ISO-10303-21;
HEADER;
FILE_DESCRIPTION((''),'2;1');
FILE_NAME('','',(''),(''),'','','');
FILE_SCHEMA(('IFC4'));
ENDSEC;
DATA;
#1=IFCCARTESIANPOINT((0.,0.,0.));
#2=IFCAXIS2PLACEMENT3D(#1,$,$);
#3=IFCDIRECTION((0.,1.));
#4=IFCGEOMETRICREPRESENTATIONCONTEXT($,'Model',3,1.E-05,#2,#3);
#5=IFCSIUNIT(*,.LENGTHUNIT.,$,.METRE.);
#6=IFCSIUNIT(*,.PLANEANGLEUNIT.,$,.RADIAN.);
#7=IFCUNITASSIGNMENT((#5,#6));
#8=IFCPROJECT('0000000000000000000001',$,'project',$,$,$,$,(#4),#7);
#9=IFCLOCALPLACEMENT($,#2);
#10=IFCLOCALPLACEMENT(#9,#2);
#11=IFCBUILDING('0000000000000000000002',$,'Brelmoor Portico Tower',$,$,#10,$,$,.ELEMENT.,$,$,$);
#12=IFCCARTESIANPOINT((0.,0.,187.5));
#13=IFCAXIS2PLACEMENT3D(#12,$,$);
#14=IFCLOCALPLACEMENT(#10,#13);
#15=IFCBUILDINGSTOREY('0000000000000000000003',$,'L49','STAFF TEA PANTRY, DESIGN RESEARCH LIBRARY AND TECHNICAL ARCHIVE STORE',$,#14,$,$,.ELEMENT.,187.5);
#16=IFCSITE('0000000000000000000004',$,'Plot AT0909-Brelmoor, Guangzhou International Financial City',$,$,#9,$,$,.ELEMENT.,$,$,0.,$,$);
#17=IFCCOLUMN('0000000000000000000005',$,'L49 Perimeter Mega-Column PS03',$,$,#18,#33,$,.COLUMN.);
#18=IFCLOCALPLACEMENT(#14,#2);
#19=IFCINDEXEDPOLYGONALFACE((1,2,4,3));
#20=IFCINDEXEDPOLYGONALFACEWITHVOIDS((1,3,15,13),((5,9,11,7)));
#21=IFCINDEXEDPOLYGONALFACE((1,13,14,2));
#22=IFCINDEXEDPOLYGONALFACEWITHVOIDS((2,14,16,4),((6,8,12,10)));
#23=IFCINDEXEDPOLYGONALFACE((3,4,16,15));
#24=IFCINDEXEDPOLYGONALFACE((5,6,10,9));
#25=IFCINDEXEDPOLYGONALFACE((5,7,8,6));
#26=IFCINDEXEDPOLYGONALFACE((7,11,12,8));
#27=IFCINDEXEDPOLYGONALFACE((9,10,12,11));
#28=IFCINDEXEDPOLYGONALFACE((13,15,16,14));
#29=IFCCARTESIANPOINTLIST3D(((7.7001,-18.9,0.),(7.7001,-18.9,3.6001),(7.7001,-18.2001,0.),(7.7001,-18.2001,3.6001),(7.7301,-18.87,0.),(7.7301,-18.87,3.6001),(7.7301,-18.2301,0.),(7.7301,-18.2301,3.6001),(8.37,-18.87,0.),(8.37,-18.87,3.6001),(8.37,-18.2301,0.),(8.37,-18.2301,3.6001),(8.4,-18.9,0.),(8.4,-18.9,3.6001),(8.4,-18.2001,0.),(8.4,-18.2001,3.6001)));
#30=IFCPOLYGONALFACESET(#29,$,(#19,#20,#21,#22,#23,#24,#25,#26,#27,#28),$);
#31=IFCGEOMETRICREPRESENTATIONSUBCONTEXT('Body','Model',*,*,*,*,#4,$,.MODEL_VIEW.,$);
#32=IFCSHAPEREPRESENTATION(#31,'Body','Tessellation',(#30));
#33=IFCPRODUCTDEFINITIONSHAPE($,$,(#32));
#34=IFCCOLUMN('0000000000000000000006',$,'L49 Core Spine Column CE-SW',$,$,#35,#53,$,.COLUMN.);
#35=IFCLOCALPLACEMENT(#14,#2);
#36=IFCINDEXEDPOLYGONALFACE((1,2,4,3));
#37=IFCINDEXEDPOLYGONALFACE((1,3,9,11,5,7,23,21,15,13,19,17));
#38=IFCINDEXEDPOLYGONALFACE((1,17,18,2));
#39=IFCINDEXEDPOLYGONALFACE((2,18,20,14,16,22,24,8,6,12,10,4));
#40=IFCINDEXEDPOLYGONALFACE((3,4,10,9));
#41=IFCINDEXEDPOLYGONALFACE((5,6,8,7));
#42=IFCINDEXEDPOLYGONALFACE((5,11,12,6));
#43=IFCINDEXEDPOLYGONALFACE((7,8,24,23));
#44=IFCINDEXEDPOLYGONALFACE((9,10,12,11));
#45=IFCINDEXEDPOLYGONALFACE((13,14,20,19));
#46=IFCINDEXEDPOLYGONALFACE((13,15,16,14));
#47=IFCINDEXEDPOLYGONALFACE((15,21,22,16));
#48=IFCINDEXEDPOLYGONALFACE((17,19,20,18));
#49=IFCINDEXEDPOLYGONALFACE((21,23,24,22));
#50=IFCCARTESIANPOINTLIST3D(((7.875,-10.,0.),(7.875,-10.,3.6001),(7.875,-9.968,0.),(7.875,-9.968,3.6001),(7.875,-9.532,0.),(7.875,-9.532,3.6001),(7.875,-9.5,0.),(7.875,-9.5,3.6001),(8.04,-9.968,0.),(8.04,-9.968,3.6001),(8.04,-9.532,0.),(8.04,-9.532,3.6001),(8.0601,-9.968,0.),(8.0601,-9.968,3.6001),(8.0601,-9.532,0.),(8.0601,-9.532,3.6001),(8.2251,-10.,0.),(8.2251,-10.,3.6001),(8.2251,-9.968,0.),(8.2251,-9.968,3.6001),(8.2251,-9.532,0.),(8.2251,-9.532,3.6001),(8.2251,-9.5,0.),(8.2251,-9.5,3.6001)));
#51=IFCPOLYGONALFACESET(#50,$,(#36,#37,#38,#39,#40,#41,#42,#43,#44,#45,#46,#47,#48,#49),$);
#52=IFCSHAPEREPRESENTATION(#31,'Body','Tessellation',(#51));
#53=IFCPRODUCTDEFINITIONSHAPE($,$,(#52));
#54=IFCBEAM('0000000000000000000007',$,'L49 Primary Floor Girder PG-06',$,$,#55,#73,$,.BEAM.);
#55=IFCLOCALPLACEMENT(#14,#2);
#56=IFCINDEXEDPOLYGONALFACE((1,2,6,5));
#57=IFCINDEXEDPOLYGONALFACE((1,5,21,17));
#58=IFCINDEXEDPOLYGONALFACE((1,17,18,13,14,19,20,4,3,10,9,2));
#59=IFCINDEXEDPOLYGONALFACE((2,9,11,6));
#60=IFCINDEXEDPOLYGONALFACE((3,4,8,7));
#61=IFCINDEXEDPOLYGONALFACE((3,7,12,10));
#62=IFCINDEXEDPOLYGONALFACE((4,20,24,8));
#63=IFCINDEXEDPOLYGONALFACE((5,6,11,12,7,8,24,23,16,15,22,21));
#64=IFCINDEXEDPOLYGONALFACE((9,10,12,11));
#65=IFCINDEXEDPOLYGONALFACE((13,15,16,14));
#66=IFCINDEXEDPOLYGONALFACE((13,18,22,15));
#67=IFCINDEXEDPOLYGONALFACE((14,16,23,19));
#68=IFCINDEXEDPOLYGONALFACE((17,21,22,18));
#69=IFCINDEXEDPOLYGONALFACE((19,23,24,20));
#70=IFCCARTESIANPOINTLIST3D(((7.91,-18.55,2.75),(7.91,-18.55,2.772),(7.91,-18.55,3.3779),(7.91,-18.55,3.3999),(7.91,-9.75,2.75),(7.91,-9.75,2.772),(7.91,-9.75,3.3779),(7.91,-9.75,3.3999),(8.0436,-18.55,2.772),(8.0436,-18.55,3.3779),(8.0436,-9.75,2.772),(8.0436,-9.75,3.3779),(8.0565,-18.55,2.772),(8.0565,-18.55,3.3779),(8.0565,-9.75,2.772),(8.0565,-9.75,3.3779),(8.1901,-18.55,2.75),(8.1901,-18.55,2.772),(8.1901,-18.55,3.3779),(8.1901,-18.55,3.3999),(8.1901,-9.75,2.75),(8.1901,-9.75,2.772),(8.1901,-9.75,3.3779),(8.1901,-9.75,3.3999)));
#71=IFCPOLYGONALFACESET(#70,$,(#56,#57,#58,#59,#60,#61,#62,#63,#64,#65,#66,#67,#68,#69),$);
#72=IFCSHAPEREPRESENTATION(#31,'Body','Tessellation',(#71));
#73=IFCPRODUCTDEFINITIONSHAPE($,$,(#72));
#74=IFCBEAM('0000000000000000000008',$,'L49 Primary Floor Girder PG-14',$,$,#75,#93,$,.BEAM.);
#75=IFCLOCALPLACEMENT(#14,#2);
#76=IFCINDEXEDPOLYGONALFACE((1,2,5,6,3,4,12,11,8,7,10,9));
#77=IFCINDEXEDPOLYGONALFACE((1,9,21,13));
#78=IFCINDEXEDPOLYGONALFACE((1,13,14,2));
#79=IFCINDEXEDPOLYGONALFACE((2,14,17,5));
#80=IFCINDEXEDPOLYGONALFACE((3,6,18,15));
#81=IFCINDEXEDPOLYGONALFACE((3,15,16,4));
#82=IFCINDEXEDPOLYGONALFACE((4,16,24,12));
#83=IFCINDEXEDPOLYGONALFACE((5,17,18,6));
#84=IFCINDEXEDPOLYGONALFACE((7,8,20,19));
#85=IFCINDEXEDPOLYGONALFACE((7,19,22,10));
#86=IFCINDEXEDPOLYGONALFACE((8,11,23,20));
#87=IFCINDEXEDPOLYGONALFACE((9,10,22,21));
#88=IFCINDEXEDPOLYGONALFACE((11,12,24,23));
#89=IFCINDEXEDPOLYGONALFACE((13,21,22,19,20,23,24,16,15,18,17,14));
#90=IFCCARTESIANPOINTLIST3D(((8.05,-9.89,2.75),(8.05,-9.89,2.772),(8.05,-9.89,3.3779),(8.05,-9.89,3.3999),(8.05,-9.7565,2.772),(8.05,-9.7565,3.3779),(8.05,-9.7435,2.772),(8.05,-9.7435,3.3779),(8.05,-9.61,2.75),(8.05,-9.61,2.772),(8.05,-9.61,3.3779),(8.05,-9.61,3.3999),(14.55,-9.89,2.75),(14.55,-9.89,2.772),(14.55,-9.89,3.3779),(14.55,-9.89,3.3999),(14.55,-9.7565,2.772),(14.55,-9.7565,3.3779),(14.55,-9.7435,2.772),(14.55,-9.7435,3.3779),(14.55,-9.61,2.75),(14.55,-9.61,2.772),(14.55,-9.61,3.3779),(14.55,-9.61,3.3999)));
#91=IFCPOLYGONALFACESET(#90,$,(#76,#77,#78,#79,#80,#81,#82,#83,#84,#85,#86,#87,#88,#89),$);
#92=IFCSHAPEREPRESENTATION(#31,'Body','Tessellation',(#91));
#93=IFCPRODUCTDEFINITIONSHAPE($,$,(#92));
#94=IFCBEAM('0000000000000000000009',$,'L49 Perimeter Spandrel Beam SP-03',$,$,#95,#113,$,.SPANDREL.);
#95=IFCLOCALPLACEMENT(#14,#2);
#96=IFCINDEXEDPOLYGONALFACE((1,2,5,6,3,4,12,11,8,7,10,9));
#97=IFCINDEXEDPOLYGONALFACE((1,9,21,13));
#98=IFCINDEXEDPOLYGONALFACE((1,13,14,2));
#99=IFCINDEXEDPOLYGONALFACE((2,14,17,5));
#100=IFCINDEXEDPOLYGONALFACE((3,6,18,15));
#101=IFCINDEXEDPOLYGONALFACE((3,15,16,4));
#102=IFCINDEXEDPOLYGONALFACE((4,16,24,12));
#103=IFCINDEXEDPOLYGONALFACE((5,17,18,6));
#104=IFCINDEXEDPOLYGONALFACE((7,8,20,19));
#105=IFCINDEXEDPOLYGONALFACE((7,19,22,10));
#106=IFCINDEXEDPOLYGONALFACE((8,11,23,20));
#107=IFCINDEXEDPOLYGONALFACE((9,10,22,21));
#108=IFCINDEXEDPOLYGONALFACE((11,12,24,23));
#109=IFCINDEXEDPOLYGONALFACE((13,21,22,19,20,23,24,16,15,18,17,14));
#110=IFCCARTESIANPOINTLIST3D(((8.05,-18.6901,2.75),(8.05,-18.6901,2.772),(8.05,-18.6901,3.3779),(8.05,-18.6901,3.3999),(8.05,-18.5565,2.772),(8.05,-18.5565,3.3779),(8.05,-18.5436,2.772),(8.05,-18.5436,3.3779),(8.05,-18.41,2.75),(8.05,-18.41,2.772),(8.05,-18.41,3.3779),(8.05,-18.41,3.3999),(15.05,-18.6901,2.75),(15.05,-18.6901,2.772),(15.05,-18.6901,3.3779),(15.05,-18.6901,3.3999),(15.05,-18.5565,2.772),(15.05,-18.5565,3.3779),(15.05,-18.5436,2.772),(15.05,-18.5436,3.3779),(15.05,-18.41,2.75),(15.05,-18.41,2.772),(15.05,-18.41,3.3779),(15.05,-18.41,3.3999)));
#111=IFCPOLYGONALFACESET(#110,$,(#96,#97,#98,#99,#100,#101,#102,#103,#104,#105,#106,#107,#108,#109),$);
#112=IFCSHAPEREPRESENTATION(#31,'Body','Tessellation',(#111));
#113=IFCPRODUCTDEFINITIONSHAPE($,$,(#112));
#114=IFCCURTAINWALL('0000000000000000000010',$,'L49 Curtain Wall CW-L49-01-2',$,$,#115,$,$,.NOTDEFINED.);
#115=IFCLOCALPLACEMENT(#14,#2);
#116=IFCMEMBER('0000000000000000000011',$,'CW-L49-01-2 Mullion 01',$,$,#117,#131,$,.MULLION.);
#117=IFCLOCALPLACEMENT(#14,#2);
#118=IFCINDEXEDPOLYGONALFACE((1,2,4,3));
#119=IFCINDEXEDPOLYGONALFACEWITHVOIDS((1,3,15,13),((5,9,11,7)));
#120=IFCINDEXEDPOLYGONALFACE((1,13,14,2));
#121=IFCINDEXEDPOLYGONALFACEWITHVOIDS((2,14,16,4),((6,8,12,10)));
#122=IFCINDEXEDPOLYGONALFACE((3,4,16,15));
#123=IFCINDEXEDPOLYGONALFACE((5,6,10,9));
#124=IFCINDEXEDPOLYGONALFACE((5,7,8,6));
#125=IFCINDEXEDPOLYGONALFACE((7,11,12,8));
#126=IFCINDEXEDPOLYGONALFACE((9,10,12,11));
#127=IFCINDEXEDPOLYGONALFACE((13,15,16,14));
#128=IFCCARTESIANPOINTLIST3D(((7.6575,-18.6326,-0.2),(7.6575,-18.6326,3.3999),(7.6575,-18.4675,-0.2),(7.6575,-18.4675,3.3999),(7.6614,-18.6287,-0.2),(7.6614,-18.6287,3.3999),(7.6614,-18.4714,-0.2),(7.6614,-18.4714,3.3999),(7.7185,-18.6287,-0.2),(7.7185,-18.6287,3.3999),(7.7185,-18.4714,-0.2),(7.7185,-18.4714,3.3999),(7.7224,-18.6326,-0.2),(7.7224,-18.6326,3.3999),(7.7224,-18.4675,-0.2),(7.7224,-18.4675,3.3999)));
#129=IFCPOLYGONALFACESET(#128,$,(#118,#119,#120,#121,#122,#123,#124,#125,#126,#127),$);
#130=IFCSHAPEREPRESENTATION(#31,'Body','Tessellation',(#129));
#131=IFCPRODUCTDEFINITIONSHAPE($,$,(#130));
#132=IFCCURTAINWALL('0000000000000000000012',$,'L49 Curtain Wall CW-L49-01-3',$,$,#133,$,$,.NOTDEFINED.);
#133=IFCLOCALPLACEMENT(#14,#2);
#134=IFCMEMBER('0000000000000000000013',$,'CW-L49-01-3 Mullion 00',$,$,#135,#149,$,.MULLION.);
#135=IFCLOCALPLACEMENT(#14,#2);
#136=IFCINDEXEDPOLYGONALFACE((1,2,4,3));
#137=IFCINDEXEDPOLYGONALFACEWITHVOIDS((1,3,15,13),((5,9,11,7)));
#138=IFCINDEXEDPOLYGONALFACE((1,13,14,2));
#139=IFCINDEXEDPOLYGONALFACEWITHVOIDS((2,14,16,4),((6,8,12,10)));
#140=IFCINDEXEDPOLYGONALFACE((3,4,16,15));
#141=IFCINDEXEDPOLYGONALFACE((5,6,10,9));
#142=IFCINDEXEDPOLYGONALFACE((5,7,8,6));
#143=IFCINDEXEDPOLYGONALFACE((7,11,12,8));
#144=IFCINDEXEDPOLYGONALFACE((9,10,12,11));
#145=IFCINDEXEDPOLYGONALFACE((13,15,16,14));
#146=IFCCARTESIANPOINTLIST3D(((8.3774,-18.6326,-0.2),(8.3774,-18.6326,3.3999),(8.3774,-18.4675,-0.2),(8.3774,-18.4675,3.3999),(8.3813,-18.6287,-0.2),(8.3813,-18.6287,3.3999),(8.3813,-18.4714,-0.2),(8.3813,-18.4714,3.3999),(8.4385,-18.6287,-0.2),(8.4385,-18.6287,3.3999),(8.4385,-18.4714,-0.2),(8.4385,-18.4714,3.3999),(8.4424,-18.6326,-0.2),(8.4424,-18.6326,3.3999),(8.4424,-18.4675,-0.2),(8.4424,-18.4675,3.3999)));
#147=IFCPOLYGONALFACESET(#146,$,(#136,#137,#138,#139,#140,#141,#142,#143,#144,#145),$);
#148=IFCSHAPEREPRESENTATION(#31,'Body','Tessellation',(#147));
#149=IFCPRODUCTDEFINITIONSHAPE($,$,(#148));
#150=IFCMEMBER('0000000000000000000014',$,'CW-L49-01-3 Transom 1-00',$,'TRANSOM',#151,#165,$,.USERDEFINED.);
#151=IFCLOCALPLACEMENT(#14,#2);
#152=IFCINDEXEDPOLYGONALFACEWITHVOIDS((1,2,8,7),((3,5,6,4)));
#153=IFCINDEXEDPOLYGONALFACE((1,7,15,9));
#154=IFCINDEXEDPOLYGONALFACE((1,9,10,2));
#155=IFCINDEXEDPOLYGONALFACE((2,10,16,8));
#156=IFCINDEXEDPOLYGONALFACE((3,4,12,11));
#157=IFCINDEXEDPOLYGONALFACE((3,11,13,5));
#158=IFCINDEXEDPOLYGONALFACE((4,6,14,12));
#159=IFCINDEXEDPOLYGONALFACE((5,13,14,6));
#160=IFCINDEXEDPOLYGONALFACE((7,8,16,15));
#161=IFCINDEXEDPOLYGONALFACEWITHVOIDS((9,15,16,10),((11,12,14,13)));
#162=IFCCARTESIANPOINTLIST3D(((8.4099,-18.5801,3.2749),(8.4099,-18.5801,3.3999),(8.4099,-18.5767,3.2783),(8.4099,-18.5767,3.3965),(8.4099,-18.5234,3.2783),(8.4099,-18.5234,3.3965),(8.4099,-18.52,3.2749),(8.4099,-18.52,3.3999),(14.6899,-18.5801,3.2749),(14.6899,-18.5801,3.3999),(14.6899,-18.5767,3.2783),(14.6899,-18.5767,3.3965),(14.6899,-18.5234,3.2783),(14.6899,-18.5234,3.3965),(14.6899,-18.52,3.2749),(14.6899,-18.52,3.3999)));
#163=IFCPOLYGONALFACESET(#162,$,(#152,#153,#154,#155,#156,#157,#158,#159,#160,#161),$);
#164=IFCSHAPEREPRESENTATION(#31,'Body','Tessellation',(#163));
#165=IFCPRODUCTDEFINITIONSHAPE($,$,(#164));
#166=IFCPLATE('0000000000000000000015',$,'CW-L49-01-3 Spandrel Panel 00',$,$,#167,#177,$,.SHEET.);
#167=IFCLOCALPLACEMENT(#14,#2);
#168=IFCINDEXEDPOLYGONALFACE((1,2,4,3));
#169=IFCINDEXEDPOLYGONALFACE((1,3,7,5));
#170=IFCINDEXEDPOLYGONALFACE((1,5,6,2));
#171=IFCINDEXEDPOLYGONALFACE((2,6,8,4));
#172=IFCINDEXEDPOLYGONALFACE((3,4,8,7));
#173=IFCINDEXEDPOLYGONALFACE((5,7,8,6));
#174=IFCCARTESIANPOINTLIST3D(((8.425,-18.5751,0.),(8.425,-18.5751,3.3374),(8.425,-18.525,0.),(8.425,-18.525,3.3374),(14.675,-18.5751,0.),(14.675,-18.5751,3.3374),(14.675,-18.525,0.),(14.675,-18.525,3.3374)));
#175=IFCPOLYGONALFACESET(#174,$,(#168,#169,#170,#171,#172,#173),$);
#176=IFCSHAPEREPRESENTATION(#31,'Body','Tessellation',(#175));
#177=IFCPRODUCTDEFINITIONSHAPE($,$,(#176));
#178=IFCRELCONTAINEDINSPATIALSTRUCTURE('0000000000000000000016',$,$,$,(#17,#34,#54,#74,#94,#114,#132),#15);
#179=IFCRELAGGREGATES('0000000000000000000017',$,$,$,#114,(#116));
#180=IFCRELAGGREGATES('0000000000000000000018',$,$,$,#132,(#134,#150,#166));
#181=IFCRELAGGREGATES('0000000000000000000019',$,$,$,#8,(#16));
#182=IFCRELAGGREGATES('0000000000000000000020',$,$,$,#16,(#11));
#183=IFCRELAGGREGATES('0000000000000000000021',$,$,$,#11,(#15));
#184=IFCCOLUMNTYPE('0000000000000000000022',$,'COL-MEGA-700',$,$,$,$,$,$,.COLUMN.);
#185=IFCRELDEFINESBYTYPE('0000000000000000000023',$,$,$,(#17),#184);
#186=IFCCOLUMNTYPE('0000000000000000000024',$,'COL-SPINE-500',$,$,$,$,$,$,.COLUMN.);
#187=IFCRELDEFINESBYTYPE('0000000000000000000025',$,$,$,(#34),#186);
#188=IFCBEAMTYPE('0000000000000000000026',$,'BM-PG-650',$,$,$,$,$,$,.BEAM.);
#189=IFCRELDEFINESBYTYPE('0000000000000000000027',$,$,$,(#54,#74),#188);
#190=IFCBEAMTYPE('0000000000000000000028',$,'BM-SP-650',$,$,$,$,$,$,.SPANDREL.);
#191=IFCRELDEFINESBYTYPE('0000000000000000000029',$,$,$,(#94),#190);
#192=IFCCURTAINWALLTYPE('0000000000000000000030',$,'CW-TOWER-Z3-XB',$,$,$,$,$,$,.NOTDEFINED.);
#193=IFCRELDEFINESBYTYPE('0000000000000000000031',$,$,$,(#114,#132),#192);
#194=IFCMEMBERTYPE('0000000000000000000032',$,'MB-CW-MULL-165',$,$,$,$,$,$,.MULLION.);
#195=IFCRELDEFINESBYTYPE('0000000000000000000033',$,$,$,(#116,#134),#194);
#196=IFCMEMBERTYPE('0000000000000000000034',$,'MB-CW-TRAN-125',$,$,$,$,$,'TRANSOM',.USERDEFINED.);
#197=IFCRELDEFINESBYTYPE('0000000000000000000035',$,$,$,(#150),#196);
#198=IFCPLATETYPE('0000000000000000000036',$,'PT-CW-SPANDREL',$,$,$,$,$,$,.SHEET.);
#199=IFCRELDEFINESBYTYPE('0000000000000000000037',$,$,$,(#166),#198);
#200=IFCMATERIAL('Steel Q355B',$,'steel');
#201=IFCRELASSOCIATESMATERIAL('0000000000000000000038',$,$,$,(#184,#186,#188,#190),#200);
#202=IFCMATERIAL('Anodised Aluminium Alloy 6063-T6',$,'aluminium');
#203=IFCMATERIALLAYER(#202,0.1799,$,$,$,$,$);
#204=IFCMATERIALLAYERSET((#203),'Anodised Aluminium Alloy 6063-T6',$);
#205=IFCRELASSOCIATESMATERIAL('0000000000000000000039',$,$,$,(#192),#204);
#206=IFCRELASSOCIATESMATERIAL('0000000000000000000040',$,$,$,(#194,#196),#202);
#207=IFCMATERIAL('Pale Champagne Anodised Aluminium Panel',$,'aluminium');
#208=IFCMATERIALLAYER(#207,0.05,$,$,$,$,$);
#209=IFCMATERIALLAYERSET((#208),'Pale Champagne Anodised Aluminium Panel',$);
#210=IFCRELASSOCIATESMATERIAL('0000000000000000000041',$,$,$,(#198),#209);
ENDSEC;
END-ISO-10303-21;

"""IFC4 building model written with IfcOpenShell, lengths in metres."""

from ifc_helpers import new_model, si_unit, direction, frame, origin, origin_2d, place, context, subcontext, project, spatial, rectangle, hollow_rectangle, i_section, extrude, material, layer, layer_set, material_profile, profile_set, type_object, element, aggregate, save


model = new_model("IFC4")

# Units and contexts
model_context = context("Model", 3, precision=1e-05, world=origin(), true_north=direction((0.0, 1.0)))
body_context = subcontext(model_context, "Body", "Model", "MODEL_VIEW")
ifc_project = project(units=[si_unit("LENGTHUNIT", "METRE"), si_unit("PLANEANGLEUNIT", "RADIAN")], contexts=[model_context])

# Site, building, storey
site_placement = place(None, origin())
site = spatial("IfcSite", under=ifc_project, at=site_placement, Name="Plot AT0909-Brelmoor, Guangzhou International Financial City", CompositionType="ELEMENT", RefElevation=0.0)
building_placement = place(site_placement, origin())
building = spatial("IfcBuilding", under=site, at=building_placement, Name="Brelmoor Portico Tower", CompositionType="ELEMENT")
storey_placement = place(building_placement, frame((0.0, 0.0, 187.5)))
storey = spatial("IfcBuildingStorey", under=building, at=storey_placement, Name="L49", Description="STAFF TEA PANTRY, DESIGN RESEARCH LIBRARY AND TECHNICAL ARCHIVE STORE", CompositionType="ELEMENT", Elevation=187.5)

# Columns
ifc_material_1 = material(Name="Steel Q355B", Category="steel")
ifc_material_profile_1 = material_profile(ifc_material_1, hollow_rectangle(XDim=0.7, YDim=0.7, WallThickness=0.03, at=origin_2d()), Name="BOX 700x700x30")
ifc_profile_set_1 = profile_set([ifc_material_profile_1], Name="Steel Q355B")
column_type_1 = type_object("IfcColumnType", Name="COL-MEGA-700", PredefinedType="COLUMN", material=ifc_profile_set_1)
column_1_placement = place(storey_placement, frame((8.05, -18.55, 0.0), z_axis=(0.0, 0.0, 1.0), x_axis=(1.0, 0.0, 0.0)))
element("IfcColumn", 1, at=column_1_placement, inside=storey, type_object=column_type_1, Name="L49 Perimeter Mega-Column PS03", PredefinedType="COLUMN", context=body_context, shape_type="SweptSolid", body=[
    extrude(hollow_rectangle(XDim=0.7, YDim=0.7, WallThickness=0.03, at=origin_2d()), origin(), (0.0, 0.0, 1.0), 3.6001),
])
ifc_material_profile_2 = material_profile(ifc_material_1, i_section(OverallWidth=0.3501, OverallDepth=0.5, WebThickness=0.02, FlangeThickness=0.032, at=origin_2d()), Name="HW 500x350x20x32")
ifc_profile_set_2 = profile_set([ifc_material_profile_2], Name="Steel Q355B")
column_type_2 = type_object("IfcColumnType", Name="COL-SPINE-500", PredefinedType="COLUMN", material=ifc_profile_set_2)
column_2_placement = place(storey_placement, frame((8.05, -9.75, 0.0), z_axis=(0.0, 0.0, 1.0), x_axis=(1.0, 0.0, 0.0)))
element("IfcColumn", 2, at=column_2_placement, inside=storey, type_object=column_type_2, Name="L49 Core Spine Column CE-SW", PredefinedType="COLUMN", context=body_context, shape_type="SweptSolid", body=[
    extrude(i_section(OverallWidth=0.3501, OverallDepth=0.5, WebThickness=0.02, FlangeThickness=0.032, at=origin_2d()), origin(), (0.0, 0.0, 1.0), 3.6001),
])

# Beams
ifc_material_profile_3 = material_profile(ifc_material_1, i_section(OverallWidth=0.28, OverallDepth=0.6499, WebThickness=0.0129, FlangeThickness=0.022, at=origin_2d()), Name="HN 650x280x13x22")
ifc_profile_set_3 = profile_set([ifc_material_profile_3], Name="Steel Q355B")
beam_type_1 = type_object("IfcBeamType", Name="BM-PG-650", PredefinedType="BEAM", material=ifc_profile_set_3)
beam_1_placement = place(storey_placement, frame((8.05, -18.55, 3.075), z_axis=(0.0, 1.0, 0.0), x_axis=(-1.0, 0.0, 0.0)))
element("IfcBeam", 3, at=beam_1_placement, inside=storey, type_object=beam_type_1, Name="L49 Primary Floor Girder PG-06", PredefinedType="BEAM", context=body_context, shape_type="SweptSolid", body=[
    extrude(i_section(OverallWidth=0.28, OverallDepth=0.6499, WebThickness=0.0129, FlangeThickness=0.022, at=origin_2d()), origin(), (0.0, 0.0, 1.0), 8.8),
])
beam_2_placement = place(storey_placement, frame((8.05, -9.75, 3.075), z_axis=(1.0, 0.0, 0.0), x_axis=(0.0, 1.0, 0.0)))
element("IfcBeam", 4, at=beam_2_placement, inside=storey, type_object=beam_type_1, Name="L49 Primary Floor Girder PG-14", PredefinedType="BEAM", context=body_context, shape_type="SweptSolid", body=[
    extrude(i_section(OverallWidth=0.28, OverallDepth=0.6499, WebThickness=0.0129, FlangeThickness=0.022, at=origin_2d()), origin(), (0.0, 0.0, 1.0), 6.5),
])
ifc_material_profile_4 = material_profile(ifc_material_1, i_section(OverallWidth=0.28, OverallDepth=0.6499, WebThickness=0.0129, FlangeThickness=0.022, at=origin_2d()), Name="HN 650x280x13x22")
ifc_profile_set_4 = profile_set([ifc_material_profile_4], Name="Steel Q355B")
beam_type_2 = type_object("IfcBeamType", Name="BM-SP-650", PredefinedType="SPANDREL", material=ifc_profile_set_4)
beam_3_placement = place(storey_placement, frame((8.05, -18.55, 3.075), z_axis=(1.0, 0.0, 0.0), x_axis=(0.0, 1.0, 0.0)))
element("IfcBeam", 5, at=beam_3_placement, inside=storey, type_object=beam_type_2, Name="L49 Perimeter Spandrel Beam SP-03", PredefinedType="SPANDREL", context=body_context, shape_type="SweptSolid", body=[
    extrude(i_section(OverallWidth=0.28, OverallDepth=0.6499, WebThickness=0.0129, FlangeThickness=0.022, at=origin_2d()), origin(), (0.0, 0.0, 1.0), 7.0),
])

# Curtain wall, member
ifc_material_2 = material(Name="Anodised Aluminium Alloy 6063-T6", Category="aluminium")
ifc_layer_1 = layer(ifc_material_2, 0.1799)
ifc_layer_set_1 = layer_set([ifc_layer_1], Name="Anodised Aluminium Alloy 6063-T6")
curtain_wall_type = type_object("IfcCurtainWallType", Name="CW-TOWER-Z3-XB", PredefinedType="NOTDEFINED", material=ifc_layer_set_1)
curtain_wall_1_placement = place(storey_placement, origin())
curtain_wall_1 = element("IfcCurtainWall", 6, at=curtain_wall_1_placement, inside=storey, type_object=curtain_wall_type, Name="L49 Curtain Wall CW-L49-01-2", PredefinedType="NOTDEFINED")
ifc_material_profile_5 = material_profile(ifc_material_2, hollow_rectangle(XDim=0.0649, YDim=0.165, WallThickness=0.0039, at=origin_2d()), Name="ALU MULLION 65x165")
ifc_profile_set_5 = profile_set([ifc_material_profile_5], Name="Anodised Aluminium Alloy 6063-T6")
member_type_1 = type_object("IfcMemberType", Name="MB-CW-MULL-165", PredefinedType="MULLION", material=ifc_profile_set_5)
member_1_placement = place(storey_placement, frame((7.6899, -18.55, -0.2), z_axis=(0.0, 0.0, 1.0), x_axis=(1.0, 0.0, 0.0)))
member_1 = element("IfcMember", 7, at=member_1_placement, type_object=member_type_1, Name="CW-L49-01-2 Mullion 01", PredefinedType="MULLION", context=body_context, shape_type="SweptSolid", body=[
    extrude(hollow_rectangle(XDim=0.0649, YDim=0.165, WallThickness=0.0039, at=origin_2d()), origin(), (0.0, 0.0, 1.0), 3.5999),
])
aggregate(curtain_wall_1, [member_1])

# Curtain wall, members, plate
curtain_wall_2_placement = place(storey_placement, origin())
curtain_wall_2 = element("IfcCurtainWall", 8, at=curtain_wall_2_placement, inside=storey, type_object=curtain_wall_type, Name="L49 Curtain Wall CW-L49-01-3", PredefinedType="NOTDEFINED")
member_2_placement = place(storey_placement, frame((8.4099, -18.55, -0.2), z_axis=(0.0, 0.0, 1.0), x_axis=(1.0, 0.0, 0.0)))
member_2 = element("IfcMember", 9, at=member_2_placement, type_object=member_type_1, Name="CW-L49-01-3 Mullion 00", PredefinedType="MULLION", context=body_context, shape_type="SweptSolid", body=[
    extrude(hollow_rectangle(XDim=0.0649, YDim=0.165, WallThickness=0.0039, at=origin_2d()), origin(), (0.0, 0.0, 1.0), 3.5999),
])
ifc_material_profile_6 = material_profile(ifc_material_2, hollow_rectangle(XDim=0.0601, YDim=0.125, WallThickness=0.0034, at=origin_2d()), Name="ALU TRANSOM 60x125")
ifc_profile_set_6 = profile_set([ifc_material_profile_6], Name="Anodised Aluminium Alloy 6063-T6")
member_type_2 = type_object("IfcMemberType", Name="MB-CW-TRAN-125", ElementType="TRANSOM", PredefinedType="USERDEFINED", material=ifc_profile_set_6)
member_3_placement = place(storey_placement, frame((8.4099, -18.55, 3.3374), z_axis=(1.0, 0.0, 0.0), x_axis=(0.0, 1.0, 0.0)))
member_3 = element("IfcMember", 10, at=member_3_placement, type_object=member_type_2, Name="CW-L49-01-3 Transom 1-00", ObjectType="TRANSOM", PredefinedType="USERDEFINED", context=body_context, shape_type="SweptSolid", body=[
    extrude(hollow_rectangle(XDim=0.0601, YDim=0.125, WallThickness=0.0034, at=origin_2d()), origin(), (0.0, 0.0, 1.0), 6.28),
])
ifc_material_3 = material(Name="Pale Champagne Anodised Aluminium Panel", Category="aluminium")
ifc_layer_2 = layer(ifc_material_3, 0.05)
ifc_layer_set_2 = layer_set([ifc_layer_2], Name="Pale Champagne Anodised Aluminium Panel")
plate_type_1 = type_object("IfcPlateType", Name="PT-CW-SPANDREL", PredefinedType="SHEET", material=ifc_layer_set_2)
plate_1_placement = place(storey_placement, frame((11.55, -18.55, 0.0), z_axis=(0.0, 0.0, 1.0), x_axis=(1.0, 0.0, 0.0)))
plate_1 = element("IfcPlate", 11, at=plate_1_placement, type_object=plate_type_1, Name="CW-L49-01-3 Spandrel Panel 00", PredefinedType="SHEET", context=body_context, shape_type="SweptSolid", body=[
    extrude(rectangle(XDim=6.25, YDim=0.05, at=origin_2d()), origin(), (0.0, 0.0, 1.0), 3.3374),
])
aggregate(curtain_wall_2, [member_2, member_3, plate_1])

save(model, "model.ifc")
